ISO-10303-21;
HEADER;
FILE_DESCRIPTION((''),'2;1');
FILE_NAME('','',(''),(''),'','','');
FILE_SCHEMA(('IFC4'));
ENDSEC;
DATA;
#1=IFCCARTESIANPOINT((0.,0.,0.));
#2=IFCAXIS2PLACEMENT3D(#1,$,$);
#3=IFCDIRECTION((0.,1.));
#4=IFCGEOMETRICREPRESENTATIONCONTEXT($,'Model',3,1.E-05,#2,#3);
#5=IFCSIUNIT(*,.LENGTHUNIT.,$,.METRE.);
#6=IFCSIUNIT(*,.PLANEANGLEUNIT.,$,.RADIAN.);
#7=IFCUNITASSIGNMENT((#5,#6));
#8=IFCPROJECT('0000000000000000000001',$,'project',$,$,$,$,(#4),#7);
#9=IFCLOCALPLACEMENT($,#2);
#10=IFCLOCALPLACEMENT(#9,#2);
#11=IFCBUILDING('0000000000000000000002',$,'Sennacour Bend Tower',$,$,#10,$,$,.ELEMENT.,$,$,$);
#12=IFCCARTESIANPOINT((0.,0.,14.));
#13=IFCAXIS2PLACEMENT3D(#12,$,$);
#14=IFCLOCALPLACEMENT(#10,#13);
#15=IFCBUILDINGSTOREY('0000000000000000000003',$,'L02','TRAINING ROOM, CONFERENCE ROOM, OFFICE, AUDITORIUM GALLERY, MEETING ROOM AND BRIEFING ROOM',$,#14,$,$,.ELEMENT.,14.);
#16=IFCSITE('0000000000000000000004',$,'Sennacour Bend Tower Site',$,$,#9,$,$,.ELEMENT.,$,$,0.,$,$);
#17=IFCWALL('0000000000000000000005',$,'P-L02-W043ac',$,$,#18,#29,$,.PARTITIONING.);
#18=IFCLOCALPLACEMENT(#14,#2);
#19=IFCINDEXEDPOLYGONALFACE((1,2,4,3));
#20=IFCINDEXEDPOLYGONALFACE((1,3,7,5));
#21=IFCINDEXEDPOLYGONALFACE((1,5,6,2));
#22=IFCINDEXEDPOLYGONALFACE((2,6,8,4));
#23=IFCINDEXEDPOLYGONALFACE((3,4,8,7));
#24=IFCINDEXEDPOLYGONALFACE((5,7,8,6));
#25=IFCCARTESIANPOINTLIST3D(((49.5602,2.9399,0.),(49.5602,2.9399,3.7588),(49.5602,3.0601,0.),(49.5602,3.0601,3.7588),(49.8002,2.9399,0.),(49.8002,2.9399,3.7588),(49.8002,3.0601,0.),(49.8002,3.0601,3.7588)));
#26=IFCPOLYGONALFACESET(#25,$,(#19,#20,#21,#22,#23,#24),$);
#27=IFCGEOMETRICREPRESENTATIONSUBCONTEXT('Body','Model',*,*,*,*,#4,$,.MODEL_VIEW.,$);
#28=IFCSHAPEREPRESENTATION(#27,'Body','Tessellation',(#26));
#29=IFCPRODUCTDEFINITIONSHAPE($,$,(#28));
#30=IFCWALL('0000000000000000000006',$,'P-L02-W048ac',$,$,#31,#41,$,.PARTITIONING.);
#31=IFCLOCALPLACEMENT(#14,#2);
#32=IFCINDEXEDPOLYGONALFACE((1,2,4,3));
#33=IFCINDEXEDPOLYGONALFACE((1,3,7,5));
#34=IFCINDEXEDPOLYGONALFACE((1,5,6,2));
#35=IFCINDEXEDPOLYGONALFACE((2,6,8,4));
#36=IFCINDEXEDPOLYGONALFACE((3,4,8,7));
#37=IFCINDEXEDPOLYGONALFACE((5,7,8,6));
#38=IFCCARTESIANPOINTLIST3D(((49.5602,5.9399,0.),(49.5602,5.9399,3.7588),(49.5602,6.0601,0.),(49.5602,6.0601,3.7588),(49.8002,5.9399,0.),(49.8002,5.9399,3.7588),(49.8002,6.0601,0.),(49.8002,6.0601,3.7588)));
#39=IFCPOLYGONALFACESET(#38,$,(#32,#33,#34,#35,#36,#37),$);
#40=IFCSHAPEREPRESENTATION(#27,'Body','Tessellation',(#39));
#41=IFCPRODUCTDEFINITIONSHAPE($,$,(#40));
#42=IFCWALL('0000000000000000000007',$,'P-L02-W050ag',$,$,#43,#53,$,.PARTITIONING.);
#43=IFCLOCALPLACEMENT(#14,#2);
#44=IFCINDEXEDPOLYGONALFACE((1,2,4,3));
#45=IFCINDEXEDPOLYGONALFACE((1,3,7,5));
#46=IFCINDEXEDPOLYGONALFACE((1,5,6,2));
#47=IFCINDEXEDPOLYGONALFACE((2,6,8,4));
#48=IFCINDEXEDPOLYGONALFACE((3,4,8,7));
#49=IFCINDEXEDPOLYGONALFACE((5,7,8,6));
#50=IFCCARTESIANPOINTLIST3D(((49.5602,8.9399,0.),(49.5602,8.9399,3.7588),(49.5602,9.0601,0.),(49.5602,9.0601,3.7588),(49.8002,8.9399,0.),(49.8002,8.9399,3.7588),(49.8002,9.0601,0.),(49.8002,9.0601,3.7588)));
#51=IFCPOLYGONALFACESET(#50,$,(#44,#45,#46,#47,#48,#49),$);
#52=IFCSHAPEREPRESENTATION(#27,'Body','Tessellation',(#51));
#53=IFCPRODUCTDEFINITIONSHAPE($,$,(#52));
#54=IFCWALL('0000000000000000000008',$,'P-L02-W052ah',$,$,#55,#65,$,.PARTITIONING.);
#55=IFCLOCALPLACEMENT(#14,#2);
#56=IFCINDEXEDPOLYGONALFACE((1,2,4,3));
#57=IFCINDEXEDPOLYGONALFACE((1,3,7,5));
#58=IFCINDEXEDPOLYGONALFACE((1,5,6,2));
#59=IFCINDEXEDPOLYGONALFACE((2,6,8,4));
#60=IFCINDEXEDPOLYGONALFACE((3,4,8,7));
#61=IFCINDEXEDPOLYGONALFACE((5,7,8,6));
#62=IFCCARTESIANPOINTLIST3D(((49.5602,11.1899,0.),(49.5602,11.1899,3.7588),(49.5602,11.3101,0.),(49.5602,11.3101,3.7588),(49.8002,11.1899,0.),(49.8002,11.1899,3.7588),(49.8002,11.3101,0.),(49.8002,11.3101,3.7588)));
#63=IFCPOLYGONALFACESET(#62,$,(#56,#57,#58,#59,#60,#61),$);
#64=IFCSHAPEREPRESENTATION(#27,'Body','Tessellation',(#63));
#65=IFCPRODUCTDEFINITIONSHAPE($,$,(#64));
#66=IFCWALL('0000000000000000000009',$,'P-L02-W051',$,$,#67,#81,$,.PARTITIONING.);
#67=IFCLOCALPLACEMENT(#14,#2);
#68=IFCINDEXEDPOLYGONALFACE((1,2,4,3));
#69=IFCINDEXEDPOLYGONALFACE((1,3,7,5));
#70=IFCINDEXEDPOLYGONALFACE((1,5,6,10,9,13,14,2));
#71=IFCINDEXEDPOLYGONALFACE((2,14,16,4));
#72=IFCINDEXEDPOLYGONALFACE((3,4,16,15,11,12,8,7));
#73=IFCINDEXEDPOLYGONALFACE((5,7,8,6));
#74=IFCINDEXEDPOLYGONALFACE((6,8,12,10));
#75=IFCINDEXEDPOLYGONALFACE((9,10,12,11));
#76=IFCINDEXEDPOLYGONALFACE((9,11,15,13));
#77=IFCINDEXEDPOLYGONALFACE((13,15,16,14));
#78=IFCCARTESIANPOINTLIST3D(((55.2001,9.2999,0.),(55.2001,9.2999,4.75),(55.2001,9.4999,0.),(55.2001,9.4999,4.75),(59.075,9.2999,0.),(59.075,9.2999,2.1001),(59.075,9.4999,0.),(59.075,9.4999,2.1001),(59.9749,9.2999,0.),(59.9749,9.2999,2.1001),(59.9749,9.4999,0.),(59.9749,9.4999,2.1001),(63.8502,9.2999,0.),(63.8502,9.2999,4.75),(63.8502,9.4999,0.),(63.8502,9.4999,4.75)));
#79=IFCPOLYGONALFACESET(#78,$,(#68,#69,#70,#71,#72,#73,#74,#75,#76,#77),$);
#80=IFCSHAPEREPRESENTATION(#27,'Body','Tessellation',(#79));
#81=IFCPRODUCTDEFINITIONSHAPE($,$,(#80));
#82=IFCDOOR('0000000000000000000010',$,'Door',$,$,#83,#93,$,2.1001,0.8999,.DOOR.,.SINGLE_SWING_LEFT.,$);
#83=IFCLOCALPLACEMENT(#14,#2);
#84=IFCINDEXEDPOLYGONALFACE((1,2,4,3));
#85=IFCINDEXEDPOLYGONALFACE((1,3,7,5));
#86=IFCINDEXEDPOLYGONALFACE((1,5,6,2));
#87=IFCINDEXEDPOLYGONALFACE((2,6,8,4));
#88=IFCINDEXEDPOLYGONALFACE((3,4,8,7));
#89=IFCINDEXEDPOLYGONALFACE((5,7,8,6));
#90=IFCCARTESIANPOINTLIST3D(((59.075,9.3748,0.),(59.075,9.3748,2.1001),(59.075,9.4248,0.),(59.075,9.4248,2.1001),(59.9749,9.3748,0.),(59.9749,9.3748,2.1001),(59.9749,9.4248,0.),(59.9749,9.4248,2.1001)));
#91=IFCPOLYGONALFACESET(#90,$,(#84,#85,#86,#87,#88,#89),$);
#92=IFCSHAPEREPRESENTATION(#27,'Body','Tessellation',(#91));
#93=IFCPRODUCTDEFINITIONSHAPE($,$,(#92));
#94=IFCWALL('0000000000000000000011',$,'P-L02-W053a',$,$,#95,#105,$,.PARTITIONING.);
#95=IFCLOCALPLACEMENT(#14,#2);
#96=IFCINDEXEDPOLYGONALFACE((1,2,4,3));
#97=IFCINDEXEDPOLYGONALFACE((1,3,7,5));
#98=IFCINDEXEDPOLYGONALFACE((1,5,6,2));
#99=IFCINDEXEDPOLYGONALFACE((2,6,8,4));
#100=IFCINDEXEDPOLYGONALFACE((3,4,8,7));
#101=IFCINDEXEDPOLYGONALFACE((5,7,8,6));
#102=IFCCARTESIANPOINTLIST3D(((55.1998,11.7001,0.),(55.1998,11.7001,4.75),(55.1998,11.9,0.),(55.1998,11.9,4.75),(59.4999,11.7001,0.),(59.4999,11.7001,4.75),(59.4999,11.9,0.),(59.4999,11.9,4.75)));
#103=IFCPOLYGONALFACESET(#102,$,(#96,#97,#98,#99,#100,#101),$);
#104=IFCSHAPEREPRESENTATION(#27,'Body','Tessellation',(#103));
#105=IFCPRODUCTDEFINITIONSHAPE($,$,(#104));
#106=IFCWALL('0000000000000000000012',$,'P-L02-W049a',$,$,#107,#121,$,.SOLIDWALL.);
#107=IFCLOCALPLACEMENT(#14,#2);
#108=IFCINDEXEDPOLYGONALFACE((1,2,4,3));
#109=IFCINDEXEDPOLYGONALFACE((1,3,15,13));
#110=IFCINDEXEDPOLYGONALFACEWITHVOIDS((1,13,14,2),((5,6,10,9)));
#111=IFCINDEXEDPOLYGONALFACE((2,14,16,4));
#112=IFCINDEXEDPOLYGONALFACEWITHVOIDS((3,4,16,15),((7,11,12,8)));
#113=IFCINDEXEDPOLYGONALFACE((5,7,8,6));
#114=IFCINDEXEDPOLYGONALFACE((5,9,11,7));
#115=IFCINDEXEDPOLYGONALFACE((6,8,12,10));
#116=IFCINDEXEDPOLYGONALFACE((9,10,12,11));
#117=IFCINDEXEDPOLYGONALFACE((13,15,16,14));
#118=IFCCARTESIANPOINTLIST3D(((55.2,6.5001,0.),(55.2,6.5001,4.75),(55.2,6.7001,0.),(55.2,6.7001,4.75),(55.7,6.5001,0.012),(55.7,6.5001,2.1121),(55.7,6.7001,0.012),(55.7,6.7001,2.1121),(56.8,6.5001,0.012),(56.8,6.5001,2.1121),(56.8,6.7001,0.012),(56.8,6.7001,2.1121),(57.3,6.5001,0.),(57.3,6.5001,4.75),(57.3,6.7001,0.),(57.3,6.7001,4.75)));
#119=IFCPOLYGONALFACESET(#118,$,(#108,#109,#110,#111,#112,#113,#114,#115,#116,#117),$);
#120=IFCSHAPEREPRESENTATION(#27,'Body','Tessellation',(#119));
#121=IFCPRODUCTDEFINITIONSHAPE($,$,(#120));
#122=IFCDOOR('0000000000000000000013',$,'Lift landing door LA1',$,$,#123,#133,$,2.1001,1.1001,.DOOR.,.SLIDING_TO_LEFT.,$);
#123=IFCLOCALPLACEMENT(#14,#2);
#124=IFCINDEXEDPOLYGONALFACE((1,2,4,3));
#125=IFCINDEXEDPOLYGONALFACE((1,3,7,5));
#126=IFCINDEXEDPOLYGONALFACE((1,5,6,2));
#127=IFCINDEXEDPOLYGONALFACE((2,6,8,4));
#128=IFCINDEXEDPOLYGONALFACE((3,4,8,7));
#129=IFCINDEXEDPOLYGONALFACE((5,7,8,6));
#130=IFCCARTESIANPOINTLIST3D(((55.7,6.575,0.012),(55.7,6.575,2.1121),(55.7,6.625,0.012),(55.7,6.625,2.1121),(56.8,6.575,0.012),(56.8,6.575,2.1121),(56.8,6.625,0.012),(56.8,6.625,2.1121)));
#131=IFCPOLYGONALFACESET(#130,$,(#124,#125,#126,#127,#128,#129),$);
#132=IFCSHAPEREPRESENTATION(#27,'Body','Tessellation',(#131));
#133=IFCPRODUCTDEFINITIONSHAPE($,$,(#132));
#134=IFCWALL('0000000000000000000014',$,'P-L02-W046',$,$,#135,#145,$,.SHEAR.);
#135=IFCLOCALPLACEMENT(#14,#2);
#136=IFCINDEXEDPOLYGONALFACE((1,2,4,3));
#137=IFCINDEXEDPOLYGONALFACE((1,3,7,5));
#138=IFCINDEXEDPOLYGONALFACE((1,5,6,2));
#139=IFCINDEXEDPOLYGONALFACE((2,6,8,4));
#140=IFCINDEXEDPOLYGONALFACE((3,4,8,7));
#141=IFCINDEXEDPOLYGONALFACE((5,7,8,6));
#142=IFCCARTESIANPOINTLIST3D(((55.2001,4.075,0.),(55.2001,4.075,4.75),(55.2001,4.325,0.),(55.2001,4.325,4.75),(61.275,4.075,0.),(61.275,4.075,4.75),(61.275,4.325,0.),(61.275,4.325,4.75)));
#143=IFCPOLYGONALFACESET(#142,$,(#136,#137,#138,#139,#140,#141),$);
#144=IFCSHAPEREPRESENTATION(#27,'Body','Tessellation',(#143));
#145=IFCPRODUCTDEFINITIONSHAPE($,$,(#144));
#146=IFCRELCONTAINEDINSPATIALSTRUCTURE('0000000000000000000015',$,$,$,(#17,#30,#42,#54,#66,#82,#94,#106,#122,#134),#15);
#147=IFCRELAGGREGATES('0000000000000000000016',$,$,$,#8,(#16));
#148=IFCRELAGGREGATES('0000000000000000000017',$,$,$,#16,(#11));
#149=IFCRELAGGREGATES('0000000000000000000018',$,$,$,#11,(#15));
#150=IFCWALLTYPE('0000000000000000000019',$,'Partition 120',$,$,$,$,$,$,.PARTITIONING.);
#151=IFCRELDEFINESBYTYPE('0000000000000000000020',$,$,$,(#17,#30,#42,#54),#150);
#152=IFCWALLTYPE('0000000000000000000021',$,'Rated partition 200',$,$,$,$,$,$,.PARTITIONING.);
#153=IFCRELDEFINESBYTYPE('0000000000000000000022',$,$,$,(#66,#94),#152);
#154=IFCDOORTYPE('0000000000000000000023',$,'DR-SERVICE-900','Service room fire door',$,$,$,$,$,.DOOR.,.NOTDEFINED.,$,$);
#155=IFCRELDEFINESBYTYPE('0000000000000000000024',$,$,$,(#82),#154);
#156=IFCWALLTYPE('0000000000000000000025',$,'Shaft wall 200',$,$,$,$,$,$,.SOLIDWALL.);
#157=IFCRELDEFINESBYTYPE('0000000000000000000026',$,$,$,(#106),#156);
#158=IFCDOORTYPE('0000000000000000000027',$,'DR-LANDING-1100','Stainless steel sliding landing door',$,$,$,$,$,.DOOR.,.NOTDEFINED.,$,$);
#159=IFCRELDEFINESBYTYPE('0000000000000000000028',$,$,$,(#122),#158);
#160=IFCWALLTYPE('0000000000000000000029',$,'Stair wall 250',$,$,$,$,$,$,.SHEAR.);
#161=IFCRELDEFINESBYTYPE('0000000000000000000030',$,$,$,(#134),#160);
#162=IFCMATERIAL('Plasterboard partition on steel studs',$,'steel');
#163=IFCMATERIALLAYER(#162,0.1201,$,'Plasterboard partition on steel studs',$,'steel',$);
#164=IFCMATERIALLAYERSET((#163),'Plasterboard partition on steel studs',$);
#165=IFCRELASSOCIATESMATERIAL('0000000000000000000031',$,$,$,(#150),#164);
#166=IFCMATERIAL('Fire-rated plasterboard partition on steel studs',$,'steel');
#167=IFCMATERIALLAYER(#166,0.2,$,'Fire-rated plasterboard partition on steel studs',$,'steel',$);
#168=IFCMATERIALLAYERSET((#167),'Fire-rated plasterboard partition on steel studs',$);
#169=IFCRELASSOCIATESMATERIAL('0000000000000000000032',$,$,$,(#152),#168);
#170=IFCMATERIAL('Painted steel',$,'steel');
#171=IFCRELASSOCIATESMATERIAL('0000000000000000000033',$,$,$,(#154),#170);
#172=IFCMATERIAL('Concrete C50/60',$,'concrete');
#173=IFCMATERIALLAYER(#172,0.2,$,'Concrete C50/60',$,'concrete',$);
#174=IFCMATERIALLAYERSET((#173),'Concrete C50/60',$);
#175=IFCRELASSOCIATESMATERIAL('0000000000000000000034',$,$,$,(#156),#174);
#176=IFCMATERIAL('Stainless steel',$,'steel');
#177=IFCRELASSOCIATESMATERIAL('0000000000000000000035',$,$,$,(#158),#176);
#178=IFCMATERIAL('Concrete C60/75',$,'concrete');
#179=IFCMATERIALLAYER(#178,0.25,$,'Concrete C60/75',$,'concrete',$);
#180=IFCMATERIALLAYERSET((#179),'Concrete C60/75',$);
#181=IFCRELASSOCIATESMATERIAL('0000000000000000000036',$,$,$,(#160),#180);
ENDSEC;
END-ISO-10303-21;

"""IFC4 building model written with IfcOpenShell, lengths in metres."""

from ifc_helpers import new_model, si_unit, direction, frame, frame_2d, origin, place, context, subcontext, project, spatial, rectangle, extrude, material, layer, layer_set, type_object, element, fill, save


model = new_model("IFC4")

# Units and contexts
model_context = context("Model", 3, precision=1e-05, world=origin(), true_north=direction((0.0, 1.0)))
body_context = subcontext(model_context, "Body", "Model", "MODEL_VIEW")
ifc_project = project(units=[si_unit("LENGTHUNIT", "METRE"), si_unit("PLANEANGLEUNIT", "RADIAN")], contexts=[model_context])

# Site, building, storey
site_placement = place(None, origin())
site = spatial("IfcSite", under=ifc_project, at=site_placement, Name="Sennacour Bend Tower Site", CompositionType="ELEMENT", RefElevation=0.0)
building_placement = place(site_placement, origin())
building = spatial("IfcBuilding", under=site, at=building_placement, Name="Sennacour Bend Tower", CompositionType="ELEMENT")
storey_placement = place(building_placement, frame((0.0, 0.0, 14.0)))
storey = spatial("IfcBuildingStorey", under=building, at=storey_placement, Name="L02", Description="TRAINING ROOM, CONFERENCE ROOM, OFFICE, AUDITORIUM GALLERY, MEETING ROOM AND BRIEFING ROOM", CompositionType="ELEMENT", Elevation=14.0)

# Walls
ifc_material_1 = material(Name="Plasterboard partition on steel studs", Category="steel")
ifc_layer_1 = layer(ifc_material_1, 0.1201, Name="Plasterboard partition on steel studs", Category="steel")
ifc_layer_set_1 = layer_set([ifc_layer_1], Name="Plasterboard partition on steel studs")
wall_type_1 = type_object("IfcWallType", Name="Partition 120", PredefinedType="PARTITIONING", material=ifc_layer_set_1)
for number, where, z_axis, x_axis, name in (
    (1, (49.5601, 3.0, 0.0), (0.0, 0.0, 1.0), (1.0, 0.0, 0.0), "P-L02-W043ac"),
    (2, (49.5601, 6.0, 0.0), (0.0, 0.0, 1.0), (1.0, 0.0, 0.0), "P-L02-W048ac"),
    (3, (49.5601, 9.0, 0.0), (0.0, 0.0, 1.0), (1.0, 0.0, 0.0), "P-L02-W050ag"),
    (4, (49.5601, 11.25, 0.0), (0.0, 0.0, 1.0), (1.0, 0.0, 0.0), "P-L02-W052ah"),
):
    element("IfcWall", number, at=place(storey_placement, frame(where, z_axis=z_axis, x_axis=x_axis)), inside=storey, type_object=wall_type_1, Name=name, PredefinedType="PARTITIONING", context=body_context, shape_type="SweptSolid", body=[
        extrude(rectangle(XDim=0.24, YDim=0.1201, at=frame_2d((0.1201, 0.0))), origin(), (0.0, 0.0, 1.0), 3.7588),
    ])

# Wall, opening, door
ifc_material_2 = material(Name="Fire-rated plasterboard partition on steel studs", Category="steel")
ifc_layer_2 = layer(ifc_material_2, 0.2, Name="Fire-rated plasterboard partition on steel studs", Category="steel")
ifc_layer_set_2 = layer_set([ifc_layer_2], Name="Fire-rated plasterboard partition on steel studs")
wall_type_2 = type_object("IfcWallType", Name="Rated partition 200", PredefinedType="PARTITIONING", material=ifc_layer_set_2)
wall_1_placement = place(storey_placement, frame((55.2, 9.3999, 0.0), z_axis=(0.0, 0.0, 1.0), x_axis=(1.0, 0.0, 0.0)))
wall_1 = element("IfcWall", 5, at=wall_1_placement, inside=storey, type_object=wall_type_2, Name="P-L02-W051", PredefinedType="PARTITIONING", context=body_context, shape_type="SweptSolid", body=[
    extrude(rectangle(XDim=8.6501, YDim=0.2, at=frame_2d((4.3252, 0.0))), origin(), (0.0, 0.0, 1.0), 4.75),
])
opening_1_placement = place(wall_1_placement, frame((3.875, 0.0, 0.0)))
opening_1 = element("IfcOpeningElement", 6, at=opening_1_placement, cuts=wall_1, PredefinedType="OPENING", context=body_context, shape_type="SweptSolid", body=[
    extrude(rectangle(XDim=0.8999, YDim=2.1001, at=frame_2d((0.45, 1.05))), frame((0.0, 0.1099, 0.0), z_axis=(0.0, -1.0, 0.0), x_axis=(1.0, 0.0, 0.0)), (0.0, 0.0, 1.0), 0.22),
])
ifc_material_3 = material(Name="Painted steel", Category="steel")
door_type_1 = type_object("IfcDoorType", Name="DR-SERVICE-900", Description="Service room fire door", OperationType="NOTDEFINED", PredefinedType="DOOR", material=ifc_material_3)
door_1_placement = place(opening_1_placement, origin())
door_1 = element("IfcDoor", 7, at=door_1_placement, inside=storey, type_object=door_type_1, Name="Door", OperationType="SINGLE_SWING_LEFT", OverallHeight=2.1001, OverallWidth=0.8999, PredefinedType="DOOR", context=body_context, shape_type="SweptSolid", body=[
    extrude(rectangle(XDim=0.8999, YDim=2.1001, at=frame_2d((0.45, 1.05))), frame((0.0, 0.0249, 0.0), z_axis=(0.0, -1.0, 0.0), x_axis=(1.0, 0.0, 0.0)), (0.0, 0.0, 1.0), 0.05),
])
fill(opening_1, door_1)

# Wall
wall_2_placement = place(storey_placement, frame((55.2, 11.8, 0.0), z_axis=(0.0, 0.0, 1.0), x_axis=(1.0, 0.0, 0.0)))
element("IfcWall", 8, at=wall_2_placement, inside=storey, type_object=wall_type_2, Name="P-L02-W053a", PredefinedType="PARTITIONING", context=body_context, shape_type="SweptSolid", body=[
    extrude(rectangle(XDim=4.3, YDim=0.2, at=frame_2d((2.1499, 0.0))), origin(), (0.0, 0.0, 1.0), 4.75),
])

# Wall, opening, door
ifc_material_4 = material(Name="Concrete C50/60", Category="concrete")
ifc_layer_3 = layer(ifc_material_4, 0.2, Name="Concrete C50/60", Category="concrete")
ifc_layer_set_3 = layer_set([ifc_layer_3], Name="Concrete C50/60")
wall_type_3 = type_object("IfcWallType", Name="Shaft wall 200", PredefinedType="SOLIDWALL", material=ifc_layer_set_3)
wall_3_placement = place(storey_placement, frame((55.2, 6.6001, 0.0), z_axis=(0.0, 0.0, 1.0), x_axis=(1.0, 0.0, 0.0)))
wall_3 = element("IfcWall", 9, at=wall_3_placement, inside=storey, type_object=wall_type_3, Name="P-L02-W049a", PredefinedType="SOLIDWALL", context=body_context, shape_type="SweptSolid", body=[
    extrude(rectangle(XDim=2.1001, YDim=0.2, at=frame_2d((1.05, 0.0))), origin(), (0.0, 0.0, 1.0), 4.75),
])
opening_2_placement = place(wall_3_placement, frame((0.5, 0.0, 0.012)))
opening_2 = element("IfcOpeningElement", 10, at=opening_2_placement, cuts=wall_3, PredefinedType="OPENING", context=body_context, shape_type="SweptSolid", body=[
    extrude(rectangle(XDim=1.1001, YDim=2.1001, at=frame_2d((0.55, 1.05))), frame((0.0, 0.1099, 0.0), z_axis=(0.0, -1.0, 0.0), x_axis=(1.0, 0.0, 0.0)), (0.0, 0.0, 1.0), 0.22),
])
ifc_material_5 = material(Name="Stainless steel", Category="steel")
door_type_2 = type_object("IfcDoorType", Name="DR-LANDING-1100", Description="Stainless steel sliding landing door", OperationType="NOTDEFINED", PredefinedType="DOOR", material=ifc_material_5)
door_2_placement = place(opening_2_placement, origin())
door_2 = element("IfcDoor", 11, at=door_2_placement, inside=storey, type_object=door_type_2, Name="Lift landing door LA1", OperationType="SLIDING_TO_LEFT", OverallHeight=2.1001, OverallWidth=1.1001, PredefinedType="DOOR", context=body_context, shape_type="SweptSolid", body=[
    extrude(rectangle(XDim=1.1001, YDim=2.1001, at=frame_2d((0.55, 1.05))), frame((0.0, 0.0249, 0.0), z_axis=(0.0, -1.0, 0.0), x_axis=(1.0, 0.0, 0.0)), (0.0, 0.0, 1.0), 0.05),
])
fill(opening_2, door_2)

# Wall
ifc_material_6 = material(Name="Concrete C60/75", Category="concrete")
ifc_layer_4 = layer(ifc_material_6, 0.25, Name="Concrete C60/75", Category="concrete")
ifc_layer_set_4 = layer_set([ifc_layer_4], Name="Concrete C60/75")
wall_type_4 = type_object("IfcWallType", Name="Stair wall 250", PredefinedType="SHEAR", material=ifc_layer_set_4)
wall_4_placement = place(storey_placement, frame((55.2, 4.2, 0.0), z_axis=(0.0, 0.0, 1.0), x_axis=(1.0, 0.0, 0.0)))
element("IfcWall", 12, at=wall_4_placement, inside=storey, type_object=wall_type_4, Name="P-L02-W046", PredefinedType="SHEAR", context=body_context, shape_type="SweptSolid", body=[
    extrude(rectangle(XDim=6.075, YDim=0.25, at=frame_2d((3.0376, 0.0))), origin(), (0.0, 0.0, 1.0), 4.75),
])

save(model, "model.ifc")
